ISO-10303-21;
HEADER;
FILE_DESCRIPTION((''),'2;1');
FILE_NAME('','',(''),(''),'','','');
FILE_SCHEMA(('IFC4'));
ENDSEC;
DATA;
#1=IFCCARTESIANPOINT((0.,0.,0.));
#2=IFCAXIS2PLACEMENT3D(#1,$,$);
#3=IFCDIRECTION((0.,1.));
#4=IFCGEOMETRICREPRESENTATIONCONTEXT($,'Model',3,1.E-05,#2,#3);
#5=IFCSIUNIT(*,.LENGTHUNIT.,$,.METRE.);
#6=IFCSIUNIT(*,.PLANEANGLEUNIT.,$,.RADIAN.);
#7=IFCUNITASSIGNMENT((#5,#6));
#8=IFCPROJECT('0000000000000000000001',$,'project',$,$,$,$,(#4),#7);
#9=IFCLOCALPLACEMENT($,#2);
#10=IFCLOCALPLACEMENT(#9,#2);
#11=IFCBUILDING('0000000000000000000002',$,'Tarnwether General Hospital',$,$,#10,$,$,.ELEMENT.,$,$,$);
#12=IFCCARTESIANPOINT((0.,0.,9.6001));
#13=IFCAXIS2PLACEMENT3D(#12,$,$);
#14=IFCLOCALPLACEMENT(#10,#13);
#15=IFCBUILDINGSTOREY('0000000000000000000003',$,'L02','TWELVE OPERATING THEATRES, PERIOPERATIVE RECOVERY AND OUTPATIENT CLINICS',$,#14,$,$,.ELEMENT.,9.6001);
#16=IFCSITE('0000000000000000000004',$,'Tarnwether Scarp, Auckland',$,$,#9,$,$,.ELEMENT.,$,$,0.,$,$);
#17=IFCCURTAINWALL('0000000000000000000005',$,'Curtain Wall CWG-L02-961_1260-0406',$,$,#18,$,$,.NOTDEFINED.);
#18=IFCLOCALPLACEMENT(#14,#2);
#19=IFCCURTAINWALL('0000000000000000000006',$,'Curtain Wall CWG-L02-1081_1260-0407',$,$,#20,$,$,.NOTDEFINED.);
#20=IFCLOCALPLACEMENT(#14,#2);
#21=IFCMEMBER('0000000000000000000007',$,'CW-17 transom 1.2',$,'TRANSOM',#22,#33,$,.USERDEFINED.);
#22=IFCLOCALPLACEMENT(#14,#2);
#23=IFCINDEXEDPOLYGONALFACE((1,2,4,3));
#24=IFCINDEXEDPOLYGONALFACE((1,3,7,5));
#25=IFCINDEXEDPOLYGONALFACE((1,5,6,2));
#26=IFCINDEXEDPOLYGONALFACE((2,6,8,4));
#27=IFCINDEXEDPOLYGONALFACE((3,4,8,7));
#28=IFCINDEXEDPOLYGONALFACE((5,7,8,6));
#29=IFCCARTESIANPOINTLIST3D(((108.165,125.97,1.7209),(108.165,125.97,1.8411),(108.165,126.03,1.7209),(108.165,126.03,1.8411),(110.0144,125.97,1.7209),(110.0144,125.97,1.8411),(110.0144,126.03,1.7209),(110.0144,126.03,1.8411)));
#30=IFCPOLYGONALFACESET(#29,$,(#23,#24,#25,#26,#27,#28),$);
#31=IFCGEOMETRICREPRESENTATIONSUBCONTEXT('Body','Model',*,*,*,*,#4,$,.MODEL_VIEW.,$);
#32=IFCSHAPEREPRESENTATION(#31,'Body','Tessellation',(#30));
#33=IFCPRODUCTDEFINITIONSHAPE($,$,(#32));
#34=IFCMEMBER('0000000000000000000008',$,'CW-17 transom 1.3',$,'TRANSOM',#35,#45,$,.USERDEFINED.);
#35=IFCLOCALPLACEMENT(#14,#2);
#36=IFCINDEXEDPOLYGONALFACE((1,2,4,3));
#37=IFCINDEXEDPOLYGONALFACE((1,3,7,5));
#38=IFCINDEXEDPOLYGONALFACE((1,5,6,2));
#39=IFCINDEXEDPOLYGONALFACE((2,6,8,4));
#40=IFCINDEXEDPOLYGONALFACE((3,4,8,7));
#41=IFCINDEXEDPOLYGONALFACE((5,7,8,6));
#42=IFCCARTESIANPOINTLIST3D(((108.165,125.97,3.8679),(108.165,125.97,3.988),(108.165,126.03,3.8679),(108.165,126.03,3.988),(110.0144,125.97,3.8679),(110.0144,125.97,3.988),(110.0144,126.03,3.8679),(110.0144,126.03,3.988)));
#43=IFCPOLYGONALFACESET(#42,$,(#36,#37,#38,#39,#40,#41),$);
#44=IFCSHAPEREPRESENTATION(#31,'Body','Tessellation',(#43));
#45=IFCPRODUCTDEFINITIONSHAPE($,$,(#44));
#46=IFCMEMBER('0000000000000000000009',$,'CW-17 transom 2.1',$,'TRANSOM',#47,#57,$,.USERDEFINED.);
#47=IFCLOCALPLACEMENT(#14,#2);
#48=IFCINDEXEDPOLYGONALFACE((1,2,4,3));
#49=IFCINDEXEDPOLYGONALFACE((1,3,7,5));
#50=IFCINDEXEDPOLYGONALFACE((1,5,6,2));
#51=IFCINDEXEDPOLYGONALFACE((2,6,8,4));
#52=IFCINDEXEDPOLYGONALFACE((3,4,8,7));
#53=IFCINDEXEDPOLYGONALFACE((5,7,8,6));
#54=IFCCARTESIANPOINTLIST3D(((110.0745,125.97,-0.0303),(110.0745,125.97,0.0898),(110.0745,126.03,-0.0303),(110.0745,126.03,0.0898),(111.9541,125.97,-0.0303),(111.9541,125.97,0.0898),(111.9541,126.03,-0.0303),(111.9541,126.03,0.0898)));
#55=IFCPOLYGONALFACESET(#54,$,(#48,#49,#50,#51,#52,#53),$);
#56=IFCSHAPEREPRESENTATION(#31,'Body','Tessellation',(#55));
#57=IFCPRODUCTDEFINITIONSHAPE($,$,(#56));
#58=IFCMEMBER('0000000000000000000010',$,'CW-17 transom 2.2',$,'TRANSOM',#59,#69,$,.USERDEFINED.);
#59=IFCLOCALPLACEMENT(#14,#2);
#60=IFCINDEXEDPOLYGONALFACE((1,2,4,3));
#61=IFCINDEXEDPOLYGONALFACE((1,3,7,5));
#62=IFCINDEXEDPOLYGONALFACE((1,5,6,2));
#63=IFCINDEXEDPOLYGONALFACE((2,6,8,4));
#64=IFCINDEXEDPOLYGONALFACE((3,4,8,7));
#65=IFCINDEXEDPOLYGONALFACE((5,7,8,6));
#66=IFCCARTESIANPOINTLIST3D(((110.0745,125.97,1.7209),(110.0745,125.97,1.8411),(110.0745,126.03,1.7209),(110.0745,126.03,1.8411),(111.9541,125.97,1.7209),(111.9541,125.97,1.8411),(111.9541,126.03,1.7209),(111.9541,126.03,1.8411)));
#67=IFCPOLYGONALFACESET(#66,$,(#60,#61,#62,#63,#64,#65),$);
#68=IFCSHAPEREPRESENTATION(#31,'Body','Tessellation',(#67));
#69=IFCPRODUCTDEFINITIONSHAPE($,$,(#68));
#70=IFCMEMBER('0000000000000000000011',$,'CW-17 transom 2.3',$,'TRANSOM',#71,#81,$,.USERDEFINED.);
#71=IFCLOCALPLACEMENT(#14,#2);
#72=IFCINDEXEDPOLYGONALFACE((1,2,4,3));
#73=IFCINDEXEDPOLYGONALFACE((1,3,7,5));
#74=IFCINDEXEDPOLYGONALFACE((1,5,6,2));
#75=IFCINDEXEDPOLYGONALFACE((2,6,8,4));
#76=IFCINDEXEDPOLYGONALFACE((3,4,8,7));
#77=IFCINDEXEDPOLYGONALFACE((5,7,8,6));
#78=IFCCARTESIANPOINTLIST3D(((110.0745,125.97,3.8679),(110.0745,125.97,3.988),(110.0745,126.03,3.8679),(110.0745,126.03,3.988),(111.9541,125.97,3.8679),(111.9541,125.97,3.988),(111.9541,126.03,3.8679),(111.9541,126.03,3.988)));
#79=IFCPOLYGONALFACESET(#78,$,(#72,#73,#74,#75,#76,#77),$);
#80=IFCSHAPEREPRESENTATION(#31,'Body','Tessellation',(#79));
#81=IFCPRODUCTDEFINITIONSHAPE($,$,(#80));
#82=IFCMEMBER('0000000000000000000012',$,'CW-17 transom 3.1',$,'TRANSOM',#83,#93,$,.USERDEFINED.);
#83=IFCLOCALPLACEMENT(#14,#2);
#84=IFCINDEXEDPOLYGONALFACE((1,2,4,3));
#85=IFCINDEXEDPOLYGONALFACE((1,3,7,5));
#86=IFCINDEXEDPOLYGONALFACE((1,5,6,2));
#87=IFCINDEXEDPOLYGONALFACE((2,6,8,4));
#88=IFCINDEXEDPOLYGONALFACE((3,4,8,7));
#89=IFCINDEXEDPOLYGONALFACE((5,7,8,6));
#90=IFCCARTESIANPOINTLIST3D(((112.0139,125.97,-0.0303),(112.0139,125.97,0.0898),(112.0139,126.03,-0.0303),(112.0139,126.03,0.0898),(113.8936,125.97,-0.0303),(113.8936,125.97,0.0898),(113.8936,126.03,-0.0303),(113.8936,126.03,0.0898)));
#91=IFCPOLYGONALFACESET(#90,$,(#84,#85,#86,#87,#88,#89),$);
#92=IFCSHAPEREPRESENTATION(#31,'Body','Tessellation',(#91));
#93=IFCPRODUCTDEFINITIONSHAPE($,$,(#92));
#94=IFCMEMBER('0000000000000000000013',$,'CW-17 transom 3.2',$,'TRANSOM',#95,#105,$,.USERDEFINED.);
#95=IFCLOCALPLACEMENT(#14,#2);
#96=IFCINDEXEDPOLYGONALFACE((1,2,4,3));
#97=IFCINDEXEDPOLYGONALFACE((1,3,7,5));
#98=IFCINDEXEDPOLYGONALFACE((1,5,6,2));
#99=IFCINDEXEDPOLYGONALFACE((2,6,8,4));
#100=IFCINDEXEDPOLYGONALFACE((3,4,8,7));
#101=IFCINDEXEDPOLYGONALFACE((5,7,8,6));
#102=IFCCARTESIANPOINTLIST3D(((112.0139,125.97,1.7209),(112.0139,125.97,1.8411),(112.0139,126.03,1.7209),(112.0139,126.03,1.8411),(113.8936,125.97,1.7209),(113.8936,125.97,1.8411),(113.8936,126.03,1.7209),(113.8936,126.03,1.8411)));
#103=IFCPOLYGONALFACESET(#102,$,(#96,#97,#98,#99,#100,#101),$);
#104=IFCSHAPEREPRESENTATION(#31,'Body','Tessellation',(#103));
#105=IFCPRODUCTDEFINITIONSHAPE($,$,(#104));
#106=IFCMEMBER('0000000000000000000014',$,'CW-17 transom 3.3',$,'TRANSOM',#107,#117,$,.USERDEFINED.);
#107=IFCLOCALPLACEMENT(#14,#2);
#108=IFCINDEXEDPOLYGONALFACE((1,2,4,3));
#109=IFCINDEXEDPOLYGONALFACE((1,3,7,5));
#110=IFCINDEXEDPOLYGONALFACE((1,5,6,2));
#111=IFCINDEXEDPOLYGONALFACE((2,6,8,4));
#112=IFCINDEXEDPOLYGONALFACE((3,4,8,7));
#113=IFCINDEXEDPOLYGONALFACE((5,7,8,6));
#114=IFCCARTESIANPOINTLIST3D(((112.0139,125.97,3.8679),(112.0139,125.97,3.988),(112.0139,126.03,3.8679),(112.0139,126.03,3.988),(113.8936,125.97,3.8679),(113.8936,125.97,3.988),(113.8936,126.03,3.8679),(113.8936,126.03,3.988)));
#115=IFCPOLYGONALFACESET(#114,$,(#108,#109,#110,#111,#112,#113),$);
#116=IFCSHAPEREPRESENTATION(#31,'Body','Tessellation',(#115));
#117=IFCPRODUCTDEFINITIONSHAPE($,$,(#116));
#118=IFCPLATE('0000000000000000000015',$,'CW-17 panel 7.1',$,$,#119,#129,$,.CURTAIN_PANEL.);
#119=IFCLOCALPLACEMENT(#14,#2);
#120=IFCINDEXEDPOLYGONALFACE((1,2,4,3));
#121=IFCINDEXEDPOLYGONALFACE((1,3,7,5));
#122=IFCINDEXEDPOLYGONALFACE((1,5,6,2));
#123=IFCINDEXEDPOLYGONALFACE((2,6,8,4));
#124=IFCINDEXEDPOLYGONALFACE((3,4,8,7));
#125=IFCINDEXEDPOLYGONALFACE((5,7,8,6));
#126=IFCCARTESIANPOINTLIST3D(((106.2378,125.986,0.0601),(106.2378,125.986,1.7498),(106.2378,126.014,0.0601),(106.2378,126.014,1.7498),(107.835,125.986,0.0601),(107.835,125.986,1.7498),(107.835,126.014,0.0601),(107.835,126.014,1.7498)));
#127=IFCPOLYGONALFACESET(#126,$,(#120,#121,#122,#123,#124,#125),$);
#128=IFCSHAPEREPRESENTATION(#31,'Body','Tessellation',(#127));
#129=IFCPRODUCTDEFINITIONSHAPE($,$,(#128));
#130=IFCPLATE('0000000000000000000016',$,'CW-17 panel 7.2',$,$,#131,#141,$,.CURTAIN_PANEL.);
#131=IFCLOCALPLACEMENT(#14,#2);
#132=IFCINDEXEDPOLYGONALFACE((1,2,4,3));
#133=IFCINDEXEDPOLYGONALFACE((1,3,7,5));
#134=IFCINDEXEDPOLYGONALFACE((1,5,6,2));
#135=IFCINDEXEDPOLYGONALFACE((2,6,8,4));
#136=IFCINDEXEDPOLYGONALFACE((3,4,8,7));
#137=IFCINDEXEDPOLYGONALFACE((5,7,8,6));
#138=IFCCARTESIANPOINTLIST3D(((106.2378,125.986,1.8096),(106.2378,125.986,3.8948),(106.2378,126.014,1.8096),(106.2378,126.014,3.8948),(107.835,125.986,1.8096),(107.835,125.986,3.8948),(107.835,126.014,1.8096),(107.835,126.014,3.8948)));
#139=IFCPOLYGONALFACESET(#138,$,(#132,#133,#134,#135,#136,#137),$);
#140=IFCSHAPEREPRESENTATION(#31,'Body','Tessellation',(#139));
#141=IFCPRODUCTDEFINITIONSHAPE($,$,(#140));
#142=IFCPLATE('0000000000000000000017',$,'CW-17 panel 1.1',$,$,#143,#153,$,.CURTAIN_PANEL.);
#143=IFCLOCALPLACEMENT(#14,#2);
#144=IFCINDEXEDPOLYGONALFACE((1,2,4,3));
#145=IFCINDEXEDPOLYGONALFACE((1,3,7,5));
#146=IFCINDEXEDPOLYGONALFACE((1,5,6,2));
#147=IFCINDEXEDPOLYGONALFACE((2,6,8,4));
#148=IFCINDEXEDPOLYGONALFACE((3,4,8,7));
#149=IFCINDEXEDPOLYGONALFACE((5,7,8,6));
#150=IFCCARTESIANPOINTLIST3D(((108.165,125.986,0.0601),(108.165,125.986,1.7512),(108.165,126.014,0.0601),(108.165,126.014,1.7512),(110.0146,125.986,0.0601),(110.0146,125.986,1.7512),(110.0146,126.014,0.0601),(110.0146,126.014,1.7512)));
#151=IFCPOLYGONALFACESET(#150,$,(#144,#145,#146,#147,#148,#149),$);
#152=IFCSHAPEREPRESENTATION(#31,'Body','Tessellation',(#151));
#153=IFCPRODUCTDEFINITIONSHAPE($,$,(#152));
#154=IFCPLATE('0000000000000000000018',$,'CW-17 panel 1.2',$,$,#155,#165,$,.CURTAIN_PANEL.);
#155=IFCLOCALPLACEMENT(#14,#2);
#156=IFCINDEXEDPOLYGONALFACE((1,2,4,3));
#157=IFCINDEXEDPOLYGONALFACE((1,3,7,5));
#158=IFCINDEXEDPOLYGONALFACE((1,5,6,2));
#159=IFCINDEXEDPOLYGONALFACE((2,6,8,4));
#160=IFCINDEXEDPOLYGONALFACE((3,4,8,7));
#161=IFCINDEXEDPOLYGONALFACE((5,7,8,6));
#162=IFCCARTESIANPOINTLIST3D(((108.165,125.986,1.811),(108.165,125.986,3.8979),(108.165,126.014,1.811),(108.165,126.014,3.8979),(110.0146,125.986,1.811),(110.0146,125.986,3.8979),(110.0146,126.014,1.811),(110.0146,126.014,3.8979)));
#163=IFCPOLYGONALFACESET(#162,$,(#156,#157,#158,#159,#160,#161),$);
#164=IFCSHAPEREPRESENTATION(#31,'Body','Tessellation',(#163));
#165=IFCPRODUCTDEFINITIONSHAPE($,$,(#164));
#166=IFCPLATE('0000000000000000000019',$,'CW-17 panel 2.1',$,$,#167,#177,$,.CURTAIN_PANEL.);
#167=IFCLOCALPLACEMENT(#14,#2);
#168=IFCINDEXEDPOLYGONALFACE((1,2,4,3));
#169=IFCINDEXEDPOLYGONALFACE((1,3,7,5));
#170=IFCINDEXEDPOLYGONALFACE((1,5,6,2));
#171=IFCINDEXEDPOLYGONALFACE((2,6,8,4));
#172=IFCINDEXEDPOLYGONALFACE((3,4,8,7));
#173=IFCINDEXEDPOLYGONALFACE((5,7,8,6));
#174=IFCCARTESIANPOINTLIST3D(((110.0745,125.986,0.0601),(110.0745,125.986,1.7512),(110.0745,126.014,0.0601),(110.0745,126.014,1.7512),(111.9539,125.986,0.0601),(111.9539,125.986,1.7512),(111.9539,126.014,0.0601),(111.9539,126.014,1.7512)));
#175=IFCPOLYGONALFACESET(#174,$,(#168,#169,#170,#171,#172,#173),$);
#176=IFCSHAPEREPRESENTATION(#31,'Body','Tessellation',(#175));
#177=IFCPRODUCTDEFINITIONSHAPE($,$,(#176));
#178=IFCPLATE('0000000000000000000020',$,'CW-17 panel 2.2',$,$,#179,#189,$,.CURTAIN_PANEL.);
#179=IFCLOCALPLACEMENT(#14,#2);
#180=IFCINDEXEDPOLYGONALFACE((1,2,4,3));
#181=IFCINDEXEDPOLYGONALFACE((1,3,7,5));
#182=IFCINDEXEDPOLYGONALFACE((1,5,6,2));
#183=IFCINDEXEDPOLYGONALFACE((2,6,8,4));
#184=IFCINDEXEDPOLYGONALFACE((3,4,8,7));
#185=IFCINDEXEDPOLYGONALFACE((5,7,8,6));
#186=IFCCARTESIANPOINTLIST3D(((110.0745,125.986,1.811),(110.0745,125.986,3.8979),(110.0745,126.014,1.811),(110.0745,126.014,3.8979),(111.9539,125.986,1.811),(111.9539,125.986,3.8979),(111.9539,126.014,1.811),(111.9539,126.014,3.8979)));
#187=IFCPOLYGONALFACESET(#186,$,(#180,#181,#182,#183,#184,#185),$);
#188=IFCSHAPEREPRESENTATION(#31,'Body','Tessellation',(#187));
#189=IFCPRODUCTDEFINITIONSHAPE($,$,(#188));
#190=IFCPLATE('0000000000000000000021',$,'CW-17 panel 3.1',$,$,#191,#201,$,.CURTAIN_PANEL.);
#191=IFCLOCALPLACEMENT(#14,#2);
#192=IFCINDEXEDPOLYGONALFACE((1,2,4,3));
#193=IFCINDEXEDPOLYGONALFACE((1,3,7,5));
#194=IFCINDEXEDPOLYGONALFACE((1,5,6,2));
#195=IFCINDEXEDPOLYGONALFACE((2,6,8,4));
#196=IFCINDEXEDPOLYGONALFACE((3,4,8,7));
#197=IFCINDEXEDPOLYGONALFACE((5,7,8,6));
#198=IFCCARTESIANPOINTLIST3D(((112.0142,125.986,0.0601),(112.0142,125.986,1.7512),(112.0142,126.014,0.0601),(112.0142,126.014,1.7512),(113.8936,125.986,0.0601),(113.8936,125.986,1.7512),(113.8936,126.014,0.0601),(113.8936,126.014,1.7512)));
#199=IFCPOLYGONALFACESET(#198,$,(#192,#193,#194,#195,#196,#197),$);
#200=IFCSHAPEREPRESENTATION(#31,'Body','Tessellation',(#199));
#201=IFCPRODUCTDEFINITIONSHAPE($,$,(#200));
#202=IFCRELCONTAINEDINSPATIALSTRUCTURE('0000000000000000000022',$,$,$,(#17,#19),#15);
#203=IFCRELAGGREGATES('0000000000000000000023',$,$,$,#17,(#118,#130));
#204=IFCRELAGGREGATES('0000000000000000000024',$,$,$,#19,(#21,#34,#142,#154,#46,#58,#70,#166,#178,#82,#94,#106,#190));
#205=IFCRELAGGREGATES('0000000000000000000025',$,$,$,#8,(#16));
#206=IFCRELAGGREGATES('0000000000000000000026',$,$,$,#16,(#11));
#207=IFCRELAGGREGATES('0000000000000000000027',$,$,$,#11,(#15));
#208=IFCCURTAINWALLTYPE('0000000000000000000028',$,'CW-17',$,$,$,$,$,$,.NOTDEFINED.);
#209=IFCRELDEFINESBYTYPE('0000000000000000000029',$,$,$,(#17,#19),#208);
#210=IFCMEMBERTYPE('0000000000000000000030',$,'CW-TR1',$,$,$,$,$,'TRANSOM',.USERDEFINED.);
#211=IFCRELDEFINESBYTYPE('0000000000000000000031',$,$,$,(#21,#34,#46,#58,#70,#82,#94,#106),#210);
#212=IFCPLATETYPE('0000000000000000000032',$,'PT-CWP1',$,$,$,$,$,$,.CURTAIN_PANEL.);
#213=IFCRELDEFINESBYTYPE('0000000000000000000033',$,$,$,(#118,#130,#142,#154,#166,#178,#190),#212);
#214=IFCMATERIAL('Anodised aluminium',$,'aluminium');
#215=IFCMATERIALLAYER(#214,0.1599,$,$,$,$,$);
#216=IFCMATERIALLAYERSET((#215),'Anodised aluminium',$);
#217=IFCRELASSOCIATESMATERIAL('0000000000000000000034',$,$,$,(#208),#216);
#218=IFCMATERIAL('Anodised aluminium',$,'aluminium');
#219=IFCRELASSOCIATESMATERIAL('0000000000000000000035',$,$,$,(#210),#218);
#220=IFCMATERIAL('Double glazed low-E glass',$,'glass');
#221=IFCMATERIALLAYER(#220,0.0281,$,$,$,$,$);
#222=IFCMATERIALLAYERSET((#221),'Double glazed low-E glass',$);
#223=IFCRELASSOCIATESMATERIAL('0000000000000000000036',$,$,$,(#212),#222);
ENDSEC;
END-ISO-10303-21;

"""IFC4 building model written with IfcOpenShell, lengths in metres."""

from ifc_helpers import new_model, si_unit, direction, frame, origin, origin_2d, place, context, subcontext, project, spatial, rectangle, extrude, material, layer, layer_set, material_profile, profile_set, type_object, element, aggregate, save


model = new_model("IFC4")

# Units and contexts
model_context = context("Model", 3, precision=1e-05, world=origin(), true_north=direction((0.0, 1.0)))
body_context = subcontext(model_context, "Body", "Model", "MODEL_VIEW")
ifc_project = project(units=[si_unit("LENGTHUNIT", "METRE"), si_unit("PLANEANGLEUNIT", "RADIAN")], contexts=[model_context])

# Site, building, storey
site_placement = place(None, origin())
site = spatial("IfcSite", under=ifc_project, at=site_placement, Name="Tarnwether Scarp, Auckland", CompositionType="ELEMENT", RefElevation=0.0)
building_placement = place(site_placement, origin())
building = spatial("IfcBuilding", under=site, at=building_placement, Name="Tarnwether General Hospital", CompositionType="ELEMENT")
storey_placement = place(building_placement, frame((0.0, 0.0, 9.6001)))
storey = spatial("IfcBuildingStorey", under=building, at=storey_placement, Name="L02", Description="TWELVE OPERATING THEATRES, PERIOPERATIVE RECOVERY AND OUTPATIENT CLINICS", CompositionType="ELEMENT", Elevation=9.6001)

# Curtain wall
ifc_material_1 = material(Name="Anodised aluminium", Category="aluminium")
ifc_layer_1 = layer(ifc_material_1, 0.1599)
ifc_layer_set_1 = layer_set([ifc_layer_1], Name="Anodised aluminium")
curtain_wall_type = type_object("IfcCurtainWallType", Name="CW-17", PredefinedType="NOTDEFINED", material=ifc_layer_set_1)
curtain_wall_1_placement = place(storey_placement, origin())
curtain_wall_1 = element("IfcCurtainWall", 1, at=curtain_wall_1_placement, inside=storey, type_object=curtain_wall_type, Name="Curtain Wall CWG-L02-961_1260-0406", PredefinedType="NOTDEFINED")

# Curtain wall
curtain_wall_2_placement = place(storey_placement, origin())
curtain_wall_2 = element("IfcCurtainWall", 2, at=curtain_wall_2_placement, inside=storey, type_object=curtain_wall_type, Name="Curtain Wall CWG-L02-1081_1260-0407", PredefinedType="NOTDEFINED")

# Members
ifc_material_2 = material(Name="Anodised aluminium", Category="aluminium")
ifc_material_profile_1 = material_profile(ifc_material_2, rectangle(XDim=0.0601, YDim=0.1201, at=origin_2d()), Name="ALU-TRN-60x120")
ifc_profile_set_1 = profile_set([ifc_material_profile_1], Name="Anodised aluminium")
member_type_1 = type_object("IfcMemberType", Name="CW-TR1", ElementType="TRANSOM", PredefinedType="USERDEFINED", material=ifc_profile_set_1)
member_1_placement = place(storey_placement, frame((108.165, 126.0, 1.781), z_axis=(1.0, 0.0, 0.0), x_axis=(0.0, 1.0, 0.0)))
member_1 = element("IfcMember", 3, at=member_1_placement, type_object=member_type_1, Name="CW-17 transom 1.2", ObjectType="TRANSOM", PredefinedType="USERDEFINED", context=body_context, shape_type="SweptSolid", body=[
    extrude(rectangle(XDim=0.0601, YDim=0.1201, at=origin_2d()), origin(), (0.0, 0.0, 1.0), 1.8494),
])
member_2_placement = place(storey_placement, frame((108.165, 126.0, 3.928), z_axis=(1.0, 0.0, 0.0), x_axis=(0.0, 1.0, 0.0)))
member_2 = element("IfcMember", 4, at=member_2_placement, type_object=member_type_1, Name="CW-17 transom 1.3", ObjectType="TRANSOM", PredefinedType="USERDEFINED", context=body_context, shape_type="SweptSolid", body=[
    extrude(rectangle(XDim=0.0601, YDim=0.1201, at=origin_2d()), origin(), (0.0, 0.0, 1.0), 1.8494),
])
member_3_placement = place(storey_placement, frame((110.0745, 126.0, 0.0298), z_axis=(1.0, 0.0, 0.0), x_axis=(0.0, 1.0, 0.0)))
member_3 = element("IfcMember", 5, at=member_3_placement, type_object=member_type_1, Name="CW-17 transom 2.1", ObjectType="TRANSOM", PredefinedType="USERDEFINED", context=body_context, shape_type="SweptSolid", body=[
    extrude(rectangle(XDim=0.0601, YDim=0.1201, at=origin_2d()), origin(), (0.0, 0.0, 1.0), 1.8796),
])
member_4_placement = place(storey_placement, frame((110.0745, 126.0, 1.781), z_axis=(1.0, 0.0, 0.0), x_axis=(0.0, 1.0, 0.0)))
member_4 = element("IfcMember", 6, at=member_4_placement, type_object=member_type_1, Name="CW-17 transom 2.2", ObjectType="TRANSOM", PredefinedType="USERDEFINED", context=body_context, shape_type="SweptSolid", body=[
    extrude(rectangle(XDim=0.0601, YDim=0.1201, at=origin_2d()), origin(), (0.0, 0.0, 1.0), 1.8796),
])
member_5_placement = place(storey_placement, frame((110.0745, 126.0, 3.928), z_axis=(1.0, 0.0, 0.0), x_axis=(0.0, 1.0, 0.0)))
member_5 = element("IfcMember", 7, at=member_5_placement, type_object=member_type_1, Name="CW-17 transom 2.3", ObjectType="TRANSOM", PredefinedType="USERDEFINED", context=body_context, shape_type="SweptSolid", body=[
    extrude(rectangle(XDim=0.0601, YDim=0.1201, at=origin_2d()), origin(), (0.0, 0.0, 1.0), 1.8796),
])
member_6_placement = place(storey_placement, frame((112.0139, 126.0, 0.0298), z_axis=(1.0, 0.0, 0.0), x_axis=(0.0, 1.0, 0.0)))
member_6 = element("IfcMember", 8, at=member_6_placement, type_object=member_type_1, Name="CW-17 transom 3.1", ObjectType="TRANSOM", PredefinedType="USERDEFINED", context=body_context, shape_type="SweptSolid", body=[
    extrude(rectangle(XDim=0.0601, YDim=0.1201, at=origin_2d()), origin(), (0.0, 0.0, 1.0), 1.8796),
])
member_7_placement = place(storey_placement, frame((112.0139, 126.0, 1.781), z_axis=(1.0, 0.0, 0.0), x_axis=(0.0, 1.0, 0.0)))
member_7 = element("IfcMember", 9, at=member_7_placement, type_object=member_type_1, Name="CW-17 transom 3.2", ObjectType="TRANSOM", PredefinedType="USERDEFINED", context=body_context, shape_type="SweptSolid", body=[
    extrude(rectangle(XDim=0.0601, YDim=0.1201, at=origin_2d()), origin(), (0.0, 0.0, 1.0), 1.8796),
])
member_8_placement = place(storey_placement, frame((112.0139, 126.0, 3.928), z_axis=(1.0, 0.0, 0.0), x_axis=(0.0, 1.0, 0.0)))
member_8 = element("IfcMember", 10, at=member_8_placement, type_object=member_type_1, Name="CW-17 transom 3.3", ObjectType="TRANSOM", PredefinedType="USERDEFINED", context=body_context, shape_type="SweptSolid", body=[
    extrude(rectangle(XDim=0.0601, YDim=0.1201, at=origin_2d()), origin(), (0.0, 0.0, 1.0), 1.8796),
])

# Plates
ifc_material_3 = material(Name="Double glazed low-E glass", Category="glass")
ifc_layer_2 = layer(ifc_material_3, 0.0281)
ifc_layer_set_2 = layer_set([ifc_layer_2], Name="Double glazed low-E glass")
plate_type_1 = type_object("IfcPlateType", Name="PT-CWP1", PredefinedType="CURTAIN_PANEL", material=ifc_layer_set_2)
plate_1_placement = place(storey_placement, frame((107.0364, 126.0, 0.0601), z_axis=(0.0, 0.0, 1.0), x_axis=(1.0, 0.0, 0.0)))
plate_1 = element("IfcPlate", 11, at=plate_1_placement, type_object=plate_type_1, Name="CW-17 panel 7.1", PredefinedType="CURTAIN_PANEL", context=body_context, shape_type="SweptSolid", body=[
    extrude(rectangle(XDim=1.5972, YDim=0.0281, at=origin_2d()), origin(), (0.0, 0.0, 1.0), 1.6897),
])
plate_2_placement = place(storey_placement, frame((107.0364, 126.0, 1.8096), z_axis=(0.0, 0.0, 1.0), x_axis=(1.0, 0.0, 0.0)))
plate_2 = element("IfcPlate", 12, at=plate_2_placement, type_object=plate_type_1, Name="CW-17 panel 7.2", PredefinedType="CURTAIN_PANEL", context=body_context, shape_type="SweptSolid", body=[
    extrude(rectangle(XDim=1.5972, YDim=0.0281, at=origin_2d()), origin(), (0.0, 0.0, 1.0), 2.0852),
])
aggregate(curtain_wall_1, [plate_1, plate_2])
plate_3_placement = place(storey_placement, frame((109.0898, 126.0, 0.0601), z_axis=(0.0, 0.0, 1.0), x_axis=(1.0, 0.0, 0.0)))
plate_3 = element("IfcPlate", 13, at=plate_3_placement, type_object=plate_type_1, Name="CW-17 panel 1.1", PredefinedType="CURTAIN_PANEL", context=body_context, shape_type="SweptSolid", body=[
    extrude(rectangle(XDim=1.8496, YDim=0.0281, at=origin_2d()), origin(), (0.0, 0.0, 1.0), 1.6912),
])
plate_4_placement = place(storey_placement, frame((109.0898, 126.0, 1.811), z_axis=(0.0, 0.0, 1.0), x_axis=(1.0, 0.0, 0.0)))
plate_4 = element("IfcPlate", 14, at=plate_4_placement, type_object=plate_type_1, Name="CW-17 panel 1.2", PredefinedType="CURTAIN_PANEL", context=body_context, shape_type="SweptSolid", body=[
    extrude(rectangle(XDim=1.8496, YDim=0.0281, at=origin_2d()), origin(), (0.0, 0.0, 1.0), 2.0869),
])
plate_5_placement = place(storey_placement, frame((111.0142, 126.0, 0.0601), z_axis=(0.0, 0.0, 1.0), x_axis=(1.0, 0.0, 0.0)))
plate_5 = element("IfcPlate", 15, at=plate_5_placement, type_object=plate_type_1, Name="CW-17 panel 2.1", PredefinedType="CURTAIN_PANEL", context=body_context, shape_type="SweptSolid", body=[
    extrude(rectangle(XDim=1.8794, YDim=0.0281, at=origin_2d()), origin(), (0.0, 0.0, 1.0), 1.6912),
])
plate_6_placement = place(storey_placement, frame((111.0142, 126.0, 1.811), z_axis=(0.0, 0.0, 1.0), x_axis=(1.0, 0.0, 0.0)))
plate_6 = element("IfcPlate", 16, at=plate_6_placement, type_object=plate_type_1, Name="CW-17 panel 2.2", PredefinedType="CURTAIN_PANEL", context=body_context, shape_type="SweptSolid", body=[
    extrude(rectangle(XDim=1.8794, YDim=0.0281, at=origin_2d()), origin(), (0.0, 0.0, 1.0), 2.0869),
])
plate_7_placement = place(storey_placement, frame((112.9539, 126.0, 0.0601), z_axis=(0.0, 0.0, 1.0), x_axis=(1.0, 0.0, 0.0)))
plate_7 = element("IfcPlate", 17, at=plate_7_placement, type_object=plate_type_1, Name="CW-17 panel 3.1", PredefinedType="CURTAIN_PANEL", context=body_context, shape_type="SweptSolid", body=[
    extrude(rectangle(XDim=1.8794, YDim=0.0281, at=origin_2d()), origin(), (0.0, 0.0, 1.0), 1.6912),
])
aggregate(curtain_wall_2, [member_1, member_2, plate_3, plate_4, member_3, member_4, member_5, plate_5, plate_6, member_6, member_7, member_8, plate_7])

save(model, "model.ifc")
